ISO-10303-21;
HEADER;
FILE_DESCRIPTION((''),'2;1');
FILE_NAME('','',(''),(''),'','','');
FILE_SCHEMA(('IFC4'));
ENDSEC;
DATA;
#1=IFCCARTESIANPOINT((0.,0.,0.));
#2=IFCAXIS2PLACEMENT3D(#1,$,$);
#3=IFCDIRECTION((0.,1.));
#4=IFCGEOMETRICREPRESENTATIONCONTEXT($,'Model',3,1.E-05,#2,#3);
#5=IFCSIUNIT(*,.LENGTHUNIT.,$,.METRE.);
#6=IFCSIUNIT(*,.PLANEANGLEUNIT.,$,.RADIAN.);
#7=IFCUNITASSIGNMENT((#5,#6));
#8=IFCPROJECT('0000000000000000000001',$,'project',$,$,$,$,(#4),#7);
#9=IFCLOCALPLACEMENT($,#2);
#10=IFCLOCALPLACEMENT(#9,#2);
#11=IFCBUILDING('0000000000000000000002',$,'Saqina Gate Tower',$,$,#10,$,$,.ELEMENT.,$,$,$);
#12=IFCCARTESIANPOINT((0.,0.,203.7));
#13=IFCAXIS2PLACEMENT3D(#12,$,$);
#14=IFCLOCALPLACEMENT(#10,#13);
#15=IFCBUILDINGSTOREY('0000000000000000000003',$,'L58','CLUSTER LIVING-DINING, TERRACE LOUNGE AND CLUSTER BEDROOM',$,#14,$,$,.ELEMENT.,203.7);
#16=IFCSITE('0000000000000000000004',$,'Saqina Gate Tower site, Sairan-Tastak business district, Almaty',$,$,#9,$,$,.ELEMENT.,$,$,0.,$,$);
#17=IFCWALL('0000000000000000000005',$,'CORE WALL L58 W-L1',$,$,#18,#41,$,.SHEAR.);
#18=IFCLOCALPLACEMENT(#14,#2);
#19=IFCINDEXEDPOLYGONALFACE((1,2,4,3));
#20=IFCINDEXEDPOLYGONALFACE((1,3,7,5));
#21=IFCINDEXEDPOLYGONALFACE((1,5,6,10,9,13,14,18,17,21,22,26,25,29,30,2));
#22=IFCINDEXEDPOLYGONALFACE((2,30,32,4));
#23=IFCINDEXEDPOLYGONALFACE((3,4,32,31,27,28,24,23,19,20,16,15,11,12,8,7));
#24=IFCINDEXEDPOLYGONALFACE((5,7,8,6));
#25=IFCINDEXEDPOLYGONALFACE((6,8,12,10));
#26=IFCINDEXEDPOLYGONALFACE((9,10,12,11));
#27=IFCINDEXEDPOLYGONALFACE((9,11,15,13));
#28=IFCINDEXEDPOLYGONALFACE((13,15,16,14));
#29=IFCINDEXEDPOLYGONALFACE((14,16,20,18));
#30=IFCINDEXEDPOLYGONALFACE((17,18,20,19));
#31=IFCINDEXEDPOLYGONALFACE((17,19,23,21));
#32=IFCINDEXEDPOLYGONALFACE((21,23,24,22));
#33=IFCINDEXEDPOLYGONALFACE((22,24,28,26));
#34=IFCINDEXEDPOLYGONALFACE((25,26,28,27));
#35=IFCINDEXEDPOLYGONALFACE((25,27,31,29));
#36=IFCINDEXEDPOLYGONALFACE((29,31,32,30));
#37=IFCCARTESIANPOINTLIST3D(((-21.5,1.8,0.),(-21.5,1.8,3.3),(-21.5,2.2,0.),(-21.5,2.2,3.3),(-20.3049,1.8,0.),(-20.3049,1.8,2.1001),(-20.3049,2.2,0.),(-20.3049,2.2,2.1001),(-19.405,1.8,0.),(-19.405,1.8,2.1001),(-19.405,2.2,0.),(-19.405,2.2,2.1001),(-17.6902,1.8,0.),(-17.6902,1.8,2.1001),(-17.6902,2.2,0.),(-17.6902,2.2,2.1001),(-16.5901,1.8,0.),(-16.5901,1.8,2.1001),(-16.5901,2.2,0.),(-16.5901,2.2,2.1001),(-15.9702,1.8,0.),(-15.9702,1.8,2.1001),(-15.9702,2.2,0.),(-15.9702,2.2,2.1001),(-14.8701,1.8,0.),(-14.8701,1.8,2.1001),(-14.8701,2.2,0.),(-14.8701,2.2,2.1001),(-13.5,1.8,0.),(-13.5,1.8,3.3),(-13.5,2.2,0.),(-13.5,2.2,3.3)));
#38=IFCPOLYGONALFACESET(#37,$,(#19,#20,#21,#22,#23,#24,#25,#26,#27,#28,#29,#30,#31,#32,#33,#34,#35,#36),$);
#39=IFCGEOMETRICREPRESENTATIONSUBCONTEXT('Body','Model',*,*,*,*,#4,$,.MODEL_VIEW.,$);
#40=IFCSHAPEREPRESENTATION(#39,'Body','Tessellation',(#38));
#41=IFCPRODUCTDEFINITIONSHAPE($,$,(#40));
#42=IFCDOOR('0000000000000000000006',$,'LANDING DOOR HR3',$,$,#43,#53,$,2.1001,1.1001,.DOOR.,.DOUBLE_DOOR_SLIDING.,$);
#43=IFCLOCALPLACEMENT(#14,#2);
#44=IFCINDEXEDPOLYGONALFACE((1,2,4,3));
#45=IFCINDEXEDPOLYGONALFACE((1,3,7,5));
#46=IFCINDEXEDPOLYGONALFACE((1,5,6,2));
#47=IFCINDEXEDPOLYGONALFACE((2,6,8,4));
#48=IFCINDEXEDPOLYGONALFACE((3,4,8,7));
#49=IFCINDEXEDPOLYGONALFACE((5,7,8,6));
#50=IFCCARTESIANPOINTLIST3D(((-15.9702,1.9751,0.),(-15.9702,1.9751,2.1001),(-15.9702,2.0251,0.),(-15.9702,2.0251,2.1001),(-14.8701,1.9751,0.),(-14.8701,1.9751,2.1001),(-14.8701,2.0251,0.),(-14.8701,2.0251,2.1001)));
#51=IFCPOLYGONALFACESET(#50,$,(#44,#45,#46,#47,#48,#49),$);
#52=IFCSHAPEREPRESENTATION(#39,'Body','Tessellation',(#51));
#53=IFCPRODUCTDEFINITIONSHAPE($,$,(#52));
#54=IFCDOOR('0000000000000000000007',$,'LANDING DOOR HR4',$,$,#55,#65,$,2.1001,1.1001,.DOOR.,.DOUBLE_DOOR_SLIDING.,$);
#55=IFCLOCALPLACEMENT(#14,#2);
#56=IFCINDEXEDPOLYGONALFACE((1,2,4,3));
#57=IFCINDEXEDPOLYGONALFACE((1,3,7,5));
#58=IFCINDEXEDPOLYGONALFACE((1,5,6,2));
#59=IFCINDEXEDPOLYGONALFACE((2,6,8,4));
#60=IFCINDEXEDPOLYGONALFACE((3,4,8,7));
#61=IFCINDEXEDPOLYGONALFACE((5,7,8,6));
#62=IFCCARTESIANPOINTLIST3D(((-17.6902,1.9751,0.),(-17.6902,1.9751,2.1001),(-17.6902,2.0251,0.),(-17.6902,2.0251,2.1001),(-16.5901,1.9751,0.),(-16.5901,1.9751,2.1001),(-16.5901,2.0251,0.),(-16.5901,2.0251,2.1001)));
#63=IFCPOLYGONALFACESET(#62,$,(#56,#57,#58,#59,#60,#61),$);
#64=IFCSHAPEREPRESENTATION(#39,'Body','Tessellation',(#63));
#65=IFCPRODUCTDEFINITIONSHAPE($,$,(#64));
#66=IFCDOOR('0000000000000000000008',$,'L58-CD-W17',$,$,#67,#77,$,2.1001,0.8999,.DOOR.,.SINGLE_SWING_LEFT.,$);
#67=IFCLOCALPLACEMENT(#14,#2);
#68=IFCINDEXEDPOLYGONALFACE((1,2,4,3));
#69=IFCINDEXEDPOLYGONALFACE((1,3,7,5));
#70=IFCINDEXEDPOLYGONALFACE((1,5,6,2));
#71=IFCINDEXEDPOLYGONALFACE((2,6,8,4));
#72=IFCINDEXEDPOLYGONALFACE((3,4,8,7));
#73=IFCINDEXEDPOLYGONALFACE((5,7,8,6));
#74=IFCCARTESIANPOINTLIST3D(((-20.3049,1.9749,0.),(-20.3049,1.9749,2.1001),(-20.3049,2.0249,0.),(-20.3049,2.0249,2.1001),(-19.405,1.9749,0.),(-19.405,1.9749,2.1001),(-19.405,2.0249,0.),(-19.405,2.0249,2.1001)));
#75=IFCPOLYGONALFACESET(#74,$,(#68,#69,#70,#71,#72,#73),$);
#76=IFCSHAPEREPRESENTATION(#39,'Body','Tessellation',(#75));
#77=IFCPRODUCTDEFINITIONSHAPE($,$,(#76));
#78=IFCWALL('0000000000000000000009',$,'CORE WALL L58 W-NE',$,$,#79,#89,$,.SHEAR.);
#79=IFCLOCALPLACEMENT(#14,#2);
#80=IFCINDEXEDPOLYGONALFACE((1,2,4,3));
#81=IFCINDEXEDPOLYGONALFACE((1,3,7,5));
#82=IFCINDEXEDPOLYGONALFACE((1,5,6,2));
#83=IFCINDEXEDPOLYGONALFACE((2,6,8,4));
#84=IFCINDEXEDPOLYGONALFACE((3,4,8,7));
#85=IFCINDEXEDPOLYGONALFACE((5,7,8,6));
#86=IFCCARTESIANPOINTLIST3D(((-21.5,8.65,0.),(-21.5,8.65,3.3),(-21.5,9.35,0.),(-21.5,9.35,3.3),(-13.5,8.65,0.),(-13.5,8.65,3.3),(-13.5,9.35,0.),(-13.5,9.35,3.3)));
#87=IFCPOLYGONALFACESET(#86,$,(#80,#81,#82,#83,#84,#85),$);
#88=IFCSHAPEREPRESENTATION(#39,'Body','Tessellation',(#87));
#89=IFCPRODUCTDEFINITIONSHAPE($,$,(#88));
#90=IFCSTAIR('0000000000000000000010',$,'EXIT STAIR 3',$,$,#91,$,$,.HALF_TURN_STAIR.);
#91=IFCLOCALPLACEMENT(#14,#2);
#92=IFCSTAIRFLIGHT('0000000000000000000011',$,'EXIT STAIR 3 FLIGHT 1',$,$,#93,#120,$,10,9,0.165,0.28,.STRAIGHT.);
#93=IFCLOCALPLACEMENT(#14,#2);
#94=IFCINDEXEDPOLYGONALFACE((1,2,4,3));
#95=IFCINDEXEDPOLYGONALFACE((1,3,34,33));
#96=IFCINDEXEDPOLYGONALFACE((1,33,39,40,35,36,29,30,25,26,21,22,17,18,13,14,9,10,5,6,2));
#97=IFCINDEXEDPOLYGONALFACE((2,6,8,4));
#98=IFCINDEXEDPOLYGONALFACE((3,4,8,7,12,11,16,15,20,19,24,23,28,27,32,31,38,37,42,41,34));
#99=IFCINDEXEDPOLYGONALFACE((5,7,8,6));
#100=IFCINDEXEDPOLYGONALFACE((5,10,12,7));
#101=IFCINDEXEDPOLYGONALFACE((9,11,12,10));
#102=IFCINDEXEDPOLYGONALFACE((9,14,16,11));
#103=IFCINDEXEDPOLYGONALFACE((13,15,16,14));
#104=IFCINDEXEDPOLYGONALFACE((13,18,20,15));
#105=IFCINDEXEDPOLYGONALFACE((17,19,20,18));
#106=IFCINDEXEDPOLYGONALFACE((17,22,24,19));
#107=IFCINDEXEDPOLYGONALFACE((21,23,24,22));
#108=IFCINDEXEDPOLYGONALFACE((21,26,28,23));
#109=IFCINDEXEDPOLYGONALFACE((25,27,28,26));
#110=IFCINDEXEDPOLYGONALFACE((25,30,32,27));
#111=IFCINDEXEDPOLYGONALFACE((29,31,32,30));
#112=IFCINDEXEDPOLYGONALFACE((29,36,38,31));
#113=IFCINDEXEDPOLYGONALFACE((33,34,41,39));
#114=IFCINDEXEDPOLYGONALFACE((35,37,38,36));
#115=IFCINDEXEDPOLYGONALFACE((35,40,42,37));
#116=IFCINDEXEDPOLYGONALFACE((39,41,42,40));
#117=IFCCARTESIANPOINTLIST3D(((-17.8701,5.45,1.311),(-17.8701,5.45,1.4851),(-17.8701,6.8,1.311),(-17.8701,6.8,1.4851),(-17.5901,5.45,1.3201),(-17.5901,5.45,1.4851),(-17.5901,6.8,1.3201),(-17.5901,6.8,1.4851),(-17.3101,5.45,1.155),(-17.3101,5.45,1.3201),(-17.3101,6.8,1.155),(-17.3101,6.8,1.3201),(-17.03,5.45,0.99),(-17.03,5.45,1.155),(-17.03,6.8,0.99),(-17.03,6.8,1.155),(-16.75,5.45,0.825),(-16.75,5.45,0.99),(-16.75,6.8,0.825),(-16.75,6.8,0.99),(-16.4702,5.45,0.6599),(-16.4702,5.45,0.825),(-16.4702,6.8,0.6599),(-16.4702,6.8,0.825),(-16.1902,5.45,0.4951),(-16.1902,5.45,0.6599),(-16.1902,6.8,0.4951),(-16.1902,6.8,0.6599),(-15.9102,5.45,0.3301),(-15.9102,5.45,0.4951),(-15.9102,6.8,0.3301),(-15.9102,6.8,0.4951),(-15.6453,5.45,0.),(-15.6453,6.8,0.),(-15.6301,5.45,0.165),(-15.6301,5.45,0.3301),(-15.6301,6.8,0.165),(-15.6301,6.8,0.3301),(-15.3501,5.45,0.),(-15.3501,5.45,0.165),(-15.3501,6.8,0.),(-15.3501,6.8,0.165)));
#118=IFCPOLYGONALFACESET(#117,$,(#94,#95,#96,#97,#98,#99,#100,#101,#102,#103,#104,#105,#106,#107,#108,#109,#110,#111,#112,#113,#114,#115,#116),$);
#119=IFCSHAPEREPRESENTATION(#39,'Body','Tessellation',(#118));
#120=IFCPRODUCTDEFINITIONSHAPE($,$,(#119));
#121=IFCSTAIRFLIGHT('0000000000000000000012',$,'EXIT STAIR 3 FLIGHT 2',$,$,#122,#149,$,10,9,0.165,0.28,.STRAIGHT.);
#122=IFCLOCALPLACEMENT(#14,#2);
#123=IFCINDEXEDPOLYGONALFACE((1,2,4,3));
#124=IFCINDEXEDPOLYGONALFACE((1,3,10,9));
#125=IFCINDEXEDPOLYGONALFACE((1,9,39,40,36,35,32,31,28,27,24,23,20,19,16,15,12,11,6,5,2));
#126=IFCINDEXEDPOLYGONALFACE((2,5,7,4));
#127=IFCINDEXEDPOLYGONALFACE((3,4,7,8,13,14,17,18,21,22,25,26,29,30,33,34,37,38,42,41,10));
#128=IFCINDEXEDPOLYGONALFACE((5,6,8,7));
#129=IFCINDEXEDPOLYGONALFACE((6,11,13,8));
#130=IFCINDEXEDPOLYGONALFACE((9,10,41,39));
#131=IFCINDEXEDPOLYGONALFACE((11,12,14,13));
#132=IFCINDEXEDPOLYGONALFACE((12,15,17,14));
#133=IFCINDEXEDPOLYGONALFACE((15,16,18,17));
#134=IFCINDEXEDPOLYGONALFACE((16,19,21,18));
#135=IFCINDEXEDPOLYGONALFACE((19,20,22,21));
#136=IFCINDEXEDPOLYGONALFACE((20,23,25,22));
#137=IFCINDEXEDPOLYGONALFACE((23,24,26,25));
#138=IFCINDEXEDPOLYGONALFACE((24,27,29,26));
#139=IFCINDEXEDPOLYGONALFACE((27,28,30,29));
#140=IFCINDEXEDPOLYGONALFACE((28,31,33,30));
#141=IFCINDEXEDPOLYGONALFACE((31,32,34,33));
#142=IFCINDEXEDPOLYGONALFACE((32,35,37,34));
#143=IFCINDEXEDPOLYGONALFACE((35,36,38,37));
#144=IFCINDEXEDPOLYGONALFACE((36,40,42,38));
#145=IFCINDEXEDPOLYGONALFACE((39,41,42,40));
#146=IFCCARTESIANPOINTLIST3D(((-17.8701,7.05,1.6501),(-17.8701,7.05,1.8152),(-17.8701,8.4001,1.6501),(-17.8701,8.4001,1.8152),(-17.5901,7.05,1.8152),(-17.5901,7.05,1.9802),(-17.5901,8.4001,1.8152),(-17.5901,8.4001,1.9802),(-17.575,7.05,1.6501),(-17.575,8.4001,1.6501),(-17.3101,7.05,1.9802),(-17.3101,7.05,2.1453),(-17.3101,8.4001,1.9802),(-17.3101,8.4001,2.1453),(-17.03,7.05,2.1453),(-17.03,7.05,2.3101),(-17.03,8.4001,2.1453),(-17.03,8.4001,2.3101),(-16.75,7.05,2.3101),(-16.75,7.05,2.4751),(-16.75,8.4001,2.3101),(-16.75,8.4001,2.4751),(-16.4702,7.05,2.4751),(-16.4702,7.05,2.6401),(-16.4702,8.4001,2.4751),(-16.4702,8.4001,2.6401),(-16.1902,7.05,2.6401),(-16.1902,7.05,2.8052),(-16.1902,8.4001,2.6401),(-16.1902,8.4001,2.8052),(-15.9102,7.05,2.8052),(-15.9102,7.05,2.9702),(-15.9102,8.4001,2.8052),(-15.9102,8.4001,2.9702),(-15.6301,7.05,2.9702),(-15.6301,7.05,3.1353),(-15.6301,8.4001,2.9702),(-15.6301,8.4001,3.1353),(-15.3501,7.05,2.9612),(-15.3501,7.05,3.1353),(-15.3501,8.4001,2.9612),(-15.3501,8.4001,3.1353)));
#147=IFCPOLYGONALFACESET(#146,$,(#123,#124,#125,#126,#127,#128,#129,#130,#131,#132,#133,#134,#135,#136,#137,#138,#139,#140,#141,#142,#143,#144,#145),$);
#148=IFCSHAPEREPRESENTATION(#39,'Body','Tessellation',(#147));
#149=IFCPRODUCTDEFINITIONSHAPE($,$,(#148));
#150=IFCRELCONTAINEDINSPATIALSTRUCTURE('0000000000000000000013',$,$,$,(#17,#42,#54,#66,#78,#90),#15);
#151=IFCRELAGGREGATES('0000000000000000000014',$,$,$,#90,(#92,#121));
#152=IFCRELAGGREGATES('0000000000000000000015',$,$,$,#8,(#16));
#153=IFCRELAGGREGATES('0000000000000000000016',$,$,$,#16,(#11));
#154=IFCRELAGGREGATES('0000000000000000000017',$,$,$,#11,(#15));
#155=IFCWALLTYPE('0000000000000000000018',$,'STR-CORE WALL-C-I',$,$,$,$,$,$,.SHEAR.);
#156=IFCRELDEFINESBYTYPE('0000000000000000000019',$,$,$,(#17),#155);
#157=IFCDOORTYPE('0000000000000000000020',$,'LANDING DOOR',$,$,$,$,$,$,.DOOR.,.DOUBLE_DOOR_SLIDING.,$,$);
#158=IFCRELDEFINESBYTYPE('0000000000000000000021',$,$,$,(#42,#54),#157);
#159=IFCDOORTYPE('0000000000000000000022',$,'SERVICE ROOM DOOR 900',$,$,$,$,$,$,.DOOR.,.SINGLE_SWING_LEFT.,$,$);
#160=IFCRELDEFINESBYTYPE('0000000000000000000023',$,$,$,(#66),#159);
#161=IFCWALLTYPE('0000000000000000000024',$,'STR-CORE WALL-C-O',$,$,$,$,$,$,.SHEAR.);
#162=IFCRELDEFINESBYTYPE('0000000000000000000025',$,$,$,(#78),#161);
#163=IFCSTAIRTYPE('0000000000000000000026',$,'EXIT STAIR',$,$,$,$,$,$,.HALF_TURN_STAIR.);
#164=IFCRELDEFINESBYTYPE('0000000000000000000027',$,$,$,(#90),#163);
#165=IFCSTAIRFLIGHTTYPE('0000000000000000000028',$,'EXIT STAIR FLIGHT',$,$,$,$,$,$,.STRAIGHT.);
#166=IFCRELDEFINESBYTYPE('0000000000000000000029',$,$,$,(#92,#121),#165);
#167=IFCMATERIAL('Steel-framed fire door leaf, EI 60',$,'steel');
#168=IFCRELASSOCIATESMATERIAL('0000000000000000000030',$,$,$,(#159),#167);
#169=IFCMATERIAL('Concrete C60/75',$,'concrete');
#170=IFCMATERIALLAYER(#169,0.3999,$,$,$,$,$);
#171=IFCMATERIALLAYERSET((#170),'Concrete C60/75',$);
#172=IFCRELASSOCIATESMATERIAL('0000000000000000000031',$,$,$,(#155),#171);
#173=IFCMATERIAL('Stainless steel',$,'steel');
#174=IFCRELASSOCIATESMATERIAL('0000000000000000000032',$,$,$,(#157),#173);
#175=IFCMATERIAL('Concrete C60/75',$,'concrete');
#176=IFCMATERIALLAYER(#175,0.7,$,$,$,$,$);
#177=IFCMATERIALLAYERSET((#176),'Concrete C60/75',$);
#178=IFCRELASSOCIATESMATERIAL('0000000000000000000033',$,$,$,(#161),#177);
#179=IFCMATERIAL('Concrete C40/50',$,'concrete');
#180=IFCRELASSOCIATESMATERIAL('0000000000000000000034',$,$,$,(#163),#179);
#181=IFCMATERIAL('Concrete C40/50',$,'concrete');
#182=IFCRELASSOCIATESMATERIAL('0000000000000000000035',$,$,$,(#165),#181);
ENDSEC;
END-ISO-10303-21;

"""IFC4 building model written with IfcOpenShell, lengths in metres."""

from ifc_helpers import new_model, si_unit, direction, frame, frame_2d, origin, place, context, subcontext, project, spatial, polyline, rectangle, outline, extrude, material, layer, layer_set, type_object, element, fill, aggregate, save


model = new_model("IFC4")

# Units and contexts
model_context = context("Model", 3, precision=1e-05, world=origin(), true_north=direction((0.0, 1.0)))
body_context = subcontext(model_context, "Body", "Model", "MODEL_VIEW")
ifc_project = project(units=[si_unit("LENGTHUNIT", "METRE"), si_unit("PLANEANGLEUNIT", "RADIAN")], contexts=[model_context])

# Site, building, storey
site_placement = place(None, origin())
site = spatial("IfcSite", under=ifc_project, at=site_placement, Name="Saqina Gate Tower site, Sairan-Tastak business district, Almaty", CompositionType="ELEMENT", RefElevation=0.0)
building_placement = place(site_placement, origin())
building = spatial("IfcBuilding", under=site, at=building_placement, Name="Saqina Gate Tower", CompositionType="ELEMENT")
storey_placement = place(building_placement, frame((0.0, 0.0, 203.7)))
storey = spatial("IfcBuildingStorey", under=building, at=storey_placement, Name="L58", Description="CLUSTER LIVING-DINING, TERRACE LOUNGE AND CLUSTER BEDROOM", CompositionType="ELEMENT", Elevation=203.7)

# Shared definitions
ifc_material_1 = material(Name="Steel-framed fire door leaf, EI 60", Category="steel")
door_type_1 = type_object("IfcDoorType", Name="SERVICE ROOM DOOR 900", OperationType="SINGLE_SWING_LEFT", PredefinedType="DOOR", material=ifc_material_1)

# Shared definitions
ifc_material_2 = material(Name="Concrete C60/75", Category="concrete")
ifc_layer_1 = layer(ifc_material_2, 0.3999)
ifc_layer_set_1 = layer_set([ifc_layer_1], Name="Concrete C60/75")
wall_type_1 = type_object("IfcWallType", Name="STR-CORE WALL-C-I", PredefinedType="SHEAR", material=ifc_layer_set_1)

# Wall, openings, doors
wall_1_placement = place(storey_placement, frame((-13.5, 2.0, 0.0), z_axis=(0.0, 0.0, 1.0), x_axis=(-1.0, 0.0, 0.0)))
wall_1 = element("IfcWall", 1, at=wall_1_placement, inside=storey, type_object=wall_type_1, Name="CORE WALL L58 W-L1", PredefinedType="SHEAR", context=body_context, shape_type="SweptSolid", body=[
    extrude(rectangle(XDim=8.0, YDim=0.3999, at=frame_2d((4.0, 0.0))), origin(), (0.0, 0.0, 1.0), 3.3),
])
opening_1_placement = place(wall_1_placement, frame((1.3701, 0.0, 0.0)))
opening_1 = element("IfcOpeningElement", 2, at=opening_1_placement, cuts=wall_1, PredefinedType="OPENING", context=body_context, shape_type="SweptSolid", body=[
    extrude(rectangle(XDim=1.1001, YDim=2.1001, at=frame_2d((0.55, 1.05))), frame((0.0, 0.2119, 0.0), z_axis=(0.0, -1.0, 0.0), x_axis=(1.0, 0.0, 0.0)), (0.0, 0.0, 1.0), 0.4238),
])
opening_2_placement = place(wall_1_placement, frame((3.0901, 0.0, 0.0)))
opening_2 = element("IfcOpeningElement", 3, at=opening_2_placement, cuts=wall_1, PredefinedType="OPENING", context=body_context, shape_type="SweptSolid", body=[
    extrude(rectangle(XDim=1.1001, YDim=2.1001, at=frame_2d((0.55, 1.05))), frame((0.0, 0.2119, 0.0), z_axis=(0.0, -1.0, 0.0), x_axis=(1.0, 0.0, 0.0)), (0.0, 0.0, 1.0), 0.4238),
])
opening_3_placement = place(wall_1_placement, frame((5.905, 0.0, 0.0)))
opening_3 = element("IfcOpeningElement", 4, at=opening_3_placement, cuts=wall_1, PredefinedType="OPENING", context=body_context, shape_type="SweptSolid", body=[
    extrude(rectangle(XDim=0.8999, YDim=2.1001, at=frame_2d((0.45, 1.05))), frame((0.0, 0.2119, 0.0), z_axis=(0.0, -1.0, 0.0), x_axis=(1.0, 0.0, 0.0)), (0.0, 0.0, 1.0), 0.4238),
])
ifc_material_3 = material(Name="Stainless steel", Category="steel")
door_type_2 = type_object("IfcDoorType", Name="LANDING DOOR", OperationType="DOUBLE_DOOR_SLIDING", PredefinedType="DOOR", material=ifc_material_3)
door_1_placement = place(opening_1_placement, origin())
door_1 = element("IfcDoor", 5, at=door_1_placement, inside=storey, type_object=door_type_2, Name="LANDING DOOR HR3", OperationType="DOUBLE_DOOR_SLIDING", OverallHeight=2.1001, OverallWidth=1.1001, PredefinedType="DOOR", context=body_context, shape_type="SweptSolid", body=[
    extrude(rectangle(XDim=1.1001, YDim=2.1001, at=frame_2d((0.55, 1.05))), frame((0.0, 0.0249, 0.0), z_axis=(0.0, -1.0, 0.0), x_axis=(1.0, 0.0, 0.0)), (0.0, 0.0, 1.0), 0.05),
])
fill(opening_1, door_1)
door_2_placement = place(opening_2_placement, origin())
door_2 = element("IfcDoor", 6, at=door_2_placement, inside=storey, type_object=door_type_2, Name="LANDING DOOR HR4", OperationType="DOUBLE_DOOR_SLIDING", OverallHeight=2.1001, OverallWidth=1.1001, PredefinedType="DOOR", context=body_context, shape_type="SweptSolid", body=[
    extrude(rectangle(XDim=1.1001, YDim=2.1001, at=frame_2d((0.55, 1.05))), frame((0.0, 0.0249, 0.0), z_axis=(0.0, -1.0, 0.0), x_axis=(1.0, 0.0, 0.0)), (0.0, 0.0, 1.0), 0.05),
])
fill(opening_2, door_2)
door_3_placement = place(opening_3_placement, frame((0.8999, 0.0, 0.0), z_axis=(0.0, 0.0, 1.0), x_axis=(-1.0, 0.0, 0.0)))
door_3 = element("IfcDoor", 7, at=door_3_placement, inside=storey, type_object=door_type_1, Name="L58-CD-W17", OperationType="SINGLE_SWING_LEFT", OverallHeight=2.1001, OverallWidth=0.8999, PredefinedType="DOOR", context=body_context, shape_type="SweptSolid", body=[
    extrude(rectangle(XDim=0.8999, YDim=2.1001, at=frame_2d((0.45, 1.05))), frame((0.0, 0.0249, 0.0), z_axis=(0.0, -1.0, 0.0), x_axis=(1.0, 0.0, 0.0)), (0.0, 0.0, 1.0), 0.05),
])
fill(opening_3, door_3)

# Wall
ifc_material_4 = material(Name="Concrete C60/75", Category="concrete")
ifc_layer_2 = layer(ifc_material_4, 0.7)
ifc_layer_set_2 = layer_set([ifc_layer_2], Name="Concrete C60/75")
wall_type_2 = type_object("IfcWallType", Name="STR-CORE WALL-C-O", PredefinedType="SHEAR", material=ifc_layer_set_2)
wall_2_placement = place(storey_placement, frame((-13.5, 9.0, 0.0), z_axis=(0.0, 0.0, 1.0), x_axis=(-1.0, 0.0, 0.0)))
element("IfcWall", 8, at=wall_2_placement, inside=storey, type_object=wall_type_2, Name="CORE WALL L58 W-NE", PredefinedType="SHEAR", context=body_context, shape_type="SweptSolid", body=[
    extrude(rectangle(XDim=8.0, YDim=0.7, at=frame_2d((4.0, 0.0))), origin(), (0.0, 0.0, 1.0), 3.3),
])

# Stair, stair flights
ifc_material_5 = material(Name="Concrete C40/50", Category="concrete")
stair_type = type_object("IfcStairType", Name="EXIT STAIR", PredefinedType="HALF_TURN_STAIR", material=ifc_material_5)
stair_placement = place(storey_placement, origin())
stair = element("IfcStair", 9, at=stair_placement, inside=storey, type_object=stair_type, Name="EXIT STAIR 3", PredefinedType="HALF_TURN_STAIR")
ifc_material_6 = material(Name="Concrete C40/50", Category="concrete")
stair_flight_type = type_object("IfcStairFlightType", Name="EXIT STAIR FLIGHT", PredefinedType="STRAIGHT", material=ifc_material_6)
stair_flight_1_placement = place(storey_placement, frame((-15.3501, 6.125, 0.0), z_axis=(0.0, 0.0, 1.0), x_axis=(-1.0, 0.0, 0.0)))
stair_flight_1 = element("IfcStairFlight", 10, at=stair_flight_1_placement, type_object=stair_flight_type, Name="EXIT STAIR 3 FLIGHT 1", NumberOfRisers=10, NumberOfTreads=9, PredefinedType="STRAIGHT", RiserHeight=0.165, TreadLength=0.28, context=body_context, shape_type="SweptSolid", body=[
    extrude(outline(polyline([(0.0, 0.0), (0.0, 0.165), (0.28, 0.165), (0.28, 0.3301), (0.5601, 0.3301), (0.5601, 0.4951), (0.8401, 0.4951), (0.8401, 0.6599), (1.1201, 0.6599), (1.1201, 0.825), (1.3999, 0.825), (1.3999, 0.99), (1.6799, 0.99), (1.6799, 1.155), (1.96, 1.155), (1.96, 1.3201), (2.24, 1.3201), (2.24, 1.4851), (2.52, 1.4851), (2.52, 1.6499), (2.52, 1.311), (0.2952, 0.0), (0.0, 0.0)])), frame((0.0, 0.675, 0.0), z_axis=(0.0, -1.0, 0.0), x_axis=(1.0, 0.0, 0.0)), (0.0, 0.0, 1.0), 1.3501),
])
stair_flight_2_placement = place(storey_placement, frame((-17.8701, 7.7251, 1.6501), z_axis=(0.0, 0.0, 1.0), x_axis=(1.0, 0.0, 0.0)))
stair_flight_2 = element("IfcStairFlight", 11, at=stair_flight_2_placement, type_object=stair_flight_type, Name="EXIT STAIR 3 FLIGHT 2", NumberOfRisers=10, NumberOfTreads=9, PredefinedType="STRAIGHT", RiserHeight=0.165, TreadLength=0.28, context=body_context, shape_type="SweptSolid", body=[
    extrude(outline(polyline([(0.0, 0.0), (0.0, 0.165), (0.28, 0.165), (0.28, 0.3301), (0.5601, 0.3301), (0.5601, 0.4951), (0.8401, 0.4951), (0.8401, 0.6599), (1.1201, 0.6599), (1.1201, 0.825), (1.3999, 0.825), (1.3999, 0.99), (1.6799, 0.99), (1.6799, 1.155), (1.96, 1.155), (1.96, 1.3201), (2.24, 1.3201), (2.24, 1.4851), (2.52, 1.4851), (2.52, 1.6499), (2.52, 1.311), (0.2952, 0.0), (0.0, 0.0)])), frame((0.0, 0.675, 0.0), z_axis=(0.0, -1.0, 0.0), x_axis=(1.0, 0.0, 0.0)), (0.0, 0.0, 1.0), 1.3501),
])
aggregate(stair, [stair_flight_1, stair_flight_2])

save(model, "model.ifc")
